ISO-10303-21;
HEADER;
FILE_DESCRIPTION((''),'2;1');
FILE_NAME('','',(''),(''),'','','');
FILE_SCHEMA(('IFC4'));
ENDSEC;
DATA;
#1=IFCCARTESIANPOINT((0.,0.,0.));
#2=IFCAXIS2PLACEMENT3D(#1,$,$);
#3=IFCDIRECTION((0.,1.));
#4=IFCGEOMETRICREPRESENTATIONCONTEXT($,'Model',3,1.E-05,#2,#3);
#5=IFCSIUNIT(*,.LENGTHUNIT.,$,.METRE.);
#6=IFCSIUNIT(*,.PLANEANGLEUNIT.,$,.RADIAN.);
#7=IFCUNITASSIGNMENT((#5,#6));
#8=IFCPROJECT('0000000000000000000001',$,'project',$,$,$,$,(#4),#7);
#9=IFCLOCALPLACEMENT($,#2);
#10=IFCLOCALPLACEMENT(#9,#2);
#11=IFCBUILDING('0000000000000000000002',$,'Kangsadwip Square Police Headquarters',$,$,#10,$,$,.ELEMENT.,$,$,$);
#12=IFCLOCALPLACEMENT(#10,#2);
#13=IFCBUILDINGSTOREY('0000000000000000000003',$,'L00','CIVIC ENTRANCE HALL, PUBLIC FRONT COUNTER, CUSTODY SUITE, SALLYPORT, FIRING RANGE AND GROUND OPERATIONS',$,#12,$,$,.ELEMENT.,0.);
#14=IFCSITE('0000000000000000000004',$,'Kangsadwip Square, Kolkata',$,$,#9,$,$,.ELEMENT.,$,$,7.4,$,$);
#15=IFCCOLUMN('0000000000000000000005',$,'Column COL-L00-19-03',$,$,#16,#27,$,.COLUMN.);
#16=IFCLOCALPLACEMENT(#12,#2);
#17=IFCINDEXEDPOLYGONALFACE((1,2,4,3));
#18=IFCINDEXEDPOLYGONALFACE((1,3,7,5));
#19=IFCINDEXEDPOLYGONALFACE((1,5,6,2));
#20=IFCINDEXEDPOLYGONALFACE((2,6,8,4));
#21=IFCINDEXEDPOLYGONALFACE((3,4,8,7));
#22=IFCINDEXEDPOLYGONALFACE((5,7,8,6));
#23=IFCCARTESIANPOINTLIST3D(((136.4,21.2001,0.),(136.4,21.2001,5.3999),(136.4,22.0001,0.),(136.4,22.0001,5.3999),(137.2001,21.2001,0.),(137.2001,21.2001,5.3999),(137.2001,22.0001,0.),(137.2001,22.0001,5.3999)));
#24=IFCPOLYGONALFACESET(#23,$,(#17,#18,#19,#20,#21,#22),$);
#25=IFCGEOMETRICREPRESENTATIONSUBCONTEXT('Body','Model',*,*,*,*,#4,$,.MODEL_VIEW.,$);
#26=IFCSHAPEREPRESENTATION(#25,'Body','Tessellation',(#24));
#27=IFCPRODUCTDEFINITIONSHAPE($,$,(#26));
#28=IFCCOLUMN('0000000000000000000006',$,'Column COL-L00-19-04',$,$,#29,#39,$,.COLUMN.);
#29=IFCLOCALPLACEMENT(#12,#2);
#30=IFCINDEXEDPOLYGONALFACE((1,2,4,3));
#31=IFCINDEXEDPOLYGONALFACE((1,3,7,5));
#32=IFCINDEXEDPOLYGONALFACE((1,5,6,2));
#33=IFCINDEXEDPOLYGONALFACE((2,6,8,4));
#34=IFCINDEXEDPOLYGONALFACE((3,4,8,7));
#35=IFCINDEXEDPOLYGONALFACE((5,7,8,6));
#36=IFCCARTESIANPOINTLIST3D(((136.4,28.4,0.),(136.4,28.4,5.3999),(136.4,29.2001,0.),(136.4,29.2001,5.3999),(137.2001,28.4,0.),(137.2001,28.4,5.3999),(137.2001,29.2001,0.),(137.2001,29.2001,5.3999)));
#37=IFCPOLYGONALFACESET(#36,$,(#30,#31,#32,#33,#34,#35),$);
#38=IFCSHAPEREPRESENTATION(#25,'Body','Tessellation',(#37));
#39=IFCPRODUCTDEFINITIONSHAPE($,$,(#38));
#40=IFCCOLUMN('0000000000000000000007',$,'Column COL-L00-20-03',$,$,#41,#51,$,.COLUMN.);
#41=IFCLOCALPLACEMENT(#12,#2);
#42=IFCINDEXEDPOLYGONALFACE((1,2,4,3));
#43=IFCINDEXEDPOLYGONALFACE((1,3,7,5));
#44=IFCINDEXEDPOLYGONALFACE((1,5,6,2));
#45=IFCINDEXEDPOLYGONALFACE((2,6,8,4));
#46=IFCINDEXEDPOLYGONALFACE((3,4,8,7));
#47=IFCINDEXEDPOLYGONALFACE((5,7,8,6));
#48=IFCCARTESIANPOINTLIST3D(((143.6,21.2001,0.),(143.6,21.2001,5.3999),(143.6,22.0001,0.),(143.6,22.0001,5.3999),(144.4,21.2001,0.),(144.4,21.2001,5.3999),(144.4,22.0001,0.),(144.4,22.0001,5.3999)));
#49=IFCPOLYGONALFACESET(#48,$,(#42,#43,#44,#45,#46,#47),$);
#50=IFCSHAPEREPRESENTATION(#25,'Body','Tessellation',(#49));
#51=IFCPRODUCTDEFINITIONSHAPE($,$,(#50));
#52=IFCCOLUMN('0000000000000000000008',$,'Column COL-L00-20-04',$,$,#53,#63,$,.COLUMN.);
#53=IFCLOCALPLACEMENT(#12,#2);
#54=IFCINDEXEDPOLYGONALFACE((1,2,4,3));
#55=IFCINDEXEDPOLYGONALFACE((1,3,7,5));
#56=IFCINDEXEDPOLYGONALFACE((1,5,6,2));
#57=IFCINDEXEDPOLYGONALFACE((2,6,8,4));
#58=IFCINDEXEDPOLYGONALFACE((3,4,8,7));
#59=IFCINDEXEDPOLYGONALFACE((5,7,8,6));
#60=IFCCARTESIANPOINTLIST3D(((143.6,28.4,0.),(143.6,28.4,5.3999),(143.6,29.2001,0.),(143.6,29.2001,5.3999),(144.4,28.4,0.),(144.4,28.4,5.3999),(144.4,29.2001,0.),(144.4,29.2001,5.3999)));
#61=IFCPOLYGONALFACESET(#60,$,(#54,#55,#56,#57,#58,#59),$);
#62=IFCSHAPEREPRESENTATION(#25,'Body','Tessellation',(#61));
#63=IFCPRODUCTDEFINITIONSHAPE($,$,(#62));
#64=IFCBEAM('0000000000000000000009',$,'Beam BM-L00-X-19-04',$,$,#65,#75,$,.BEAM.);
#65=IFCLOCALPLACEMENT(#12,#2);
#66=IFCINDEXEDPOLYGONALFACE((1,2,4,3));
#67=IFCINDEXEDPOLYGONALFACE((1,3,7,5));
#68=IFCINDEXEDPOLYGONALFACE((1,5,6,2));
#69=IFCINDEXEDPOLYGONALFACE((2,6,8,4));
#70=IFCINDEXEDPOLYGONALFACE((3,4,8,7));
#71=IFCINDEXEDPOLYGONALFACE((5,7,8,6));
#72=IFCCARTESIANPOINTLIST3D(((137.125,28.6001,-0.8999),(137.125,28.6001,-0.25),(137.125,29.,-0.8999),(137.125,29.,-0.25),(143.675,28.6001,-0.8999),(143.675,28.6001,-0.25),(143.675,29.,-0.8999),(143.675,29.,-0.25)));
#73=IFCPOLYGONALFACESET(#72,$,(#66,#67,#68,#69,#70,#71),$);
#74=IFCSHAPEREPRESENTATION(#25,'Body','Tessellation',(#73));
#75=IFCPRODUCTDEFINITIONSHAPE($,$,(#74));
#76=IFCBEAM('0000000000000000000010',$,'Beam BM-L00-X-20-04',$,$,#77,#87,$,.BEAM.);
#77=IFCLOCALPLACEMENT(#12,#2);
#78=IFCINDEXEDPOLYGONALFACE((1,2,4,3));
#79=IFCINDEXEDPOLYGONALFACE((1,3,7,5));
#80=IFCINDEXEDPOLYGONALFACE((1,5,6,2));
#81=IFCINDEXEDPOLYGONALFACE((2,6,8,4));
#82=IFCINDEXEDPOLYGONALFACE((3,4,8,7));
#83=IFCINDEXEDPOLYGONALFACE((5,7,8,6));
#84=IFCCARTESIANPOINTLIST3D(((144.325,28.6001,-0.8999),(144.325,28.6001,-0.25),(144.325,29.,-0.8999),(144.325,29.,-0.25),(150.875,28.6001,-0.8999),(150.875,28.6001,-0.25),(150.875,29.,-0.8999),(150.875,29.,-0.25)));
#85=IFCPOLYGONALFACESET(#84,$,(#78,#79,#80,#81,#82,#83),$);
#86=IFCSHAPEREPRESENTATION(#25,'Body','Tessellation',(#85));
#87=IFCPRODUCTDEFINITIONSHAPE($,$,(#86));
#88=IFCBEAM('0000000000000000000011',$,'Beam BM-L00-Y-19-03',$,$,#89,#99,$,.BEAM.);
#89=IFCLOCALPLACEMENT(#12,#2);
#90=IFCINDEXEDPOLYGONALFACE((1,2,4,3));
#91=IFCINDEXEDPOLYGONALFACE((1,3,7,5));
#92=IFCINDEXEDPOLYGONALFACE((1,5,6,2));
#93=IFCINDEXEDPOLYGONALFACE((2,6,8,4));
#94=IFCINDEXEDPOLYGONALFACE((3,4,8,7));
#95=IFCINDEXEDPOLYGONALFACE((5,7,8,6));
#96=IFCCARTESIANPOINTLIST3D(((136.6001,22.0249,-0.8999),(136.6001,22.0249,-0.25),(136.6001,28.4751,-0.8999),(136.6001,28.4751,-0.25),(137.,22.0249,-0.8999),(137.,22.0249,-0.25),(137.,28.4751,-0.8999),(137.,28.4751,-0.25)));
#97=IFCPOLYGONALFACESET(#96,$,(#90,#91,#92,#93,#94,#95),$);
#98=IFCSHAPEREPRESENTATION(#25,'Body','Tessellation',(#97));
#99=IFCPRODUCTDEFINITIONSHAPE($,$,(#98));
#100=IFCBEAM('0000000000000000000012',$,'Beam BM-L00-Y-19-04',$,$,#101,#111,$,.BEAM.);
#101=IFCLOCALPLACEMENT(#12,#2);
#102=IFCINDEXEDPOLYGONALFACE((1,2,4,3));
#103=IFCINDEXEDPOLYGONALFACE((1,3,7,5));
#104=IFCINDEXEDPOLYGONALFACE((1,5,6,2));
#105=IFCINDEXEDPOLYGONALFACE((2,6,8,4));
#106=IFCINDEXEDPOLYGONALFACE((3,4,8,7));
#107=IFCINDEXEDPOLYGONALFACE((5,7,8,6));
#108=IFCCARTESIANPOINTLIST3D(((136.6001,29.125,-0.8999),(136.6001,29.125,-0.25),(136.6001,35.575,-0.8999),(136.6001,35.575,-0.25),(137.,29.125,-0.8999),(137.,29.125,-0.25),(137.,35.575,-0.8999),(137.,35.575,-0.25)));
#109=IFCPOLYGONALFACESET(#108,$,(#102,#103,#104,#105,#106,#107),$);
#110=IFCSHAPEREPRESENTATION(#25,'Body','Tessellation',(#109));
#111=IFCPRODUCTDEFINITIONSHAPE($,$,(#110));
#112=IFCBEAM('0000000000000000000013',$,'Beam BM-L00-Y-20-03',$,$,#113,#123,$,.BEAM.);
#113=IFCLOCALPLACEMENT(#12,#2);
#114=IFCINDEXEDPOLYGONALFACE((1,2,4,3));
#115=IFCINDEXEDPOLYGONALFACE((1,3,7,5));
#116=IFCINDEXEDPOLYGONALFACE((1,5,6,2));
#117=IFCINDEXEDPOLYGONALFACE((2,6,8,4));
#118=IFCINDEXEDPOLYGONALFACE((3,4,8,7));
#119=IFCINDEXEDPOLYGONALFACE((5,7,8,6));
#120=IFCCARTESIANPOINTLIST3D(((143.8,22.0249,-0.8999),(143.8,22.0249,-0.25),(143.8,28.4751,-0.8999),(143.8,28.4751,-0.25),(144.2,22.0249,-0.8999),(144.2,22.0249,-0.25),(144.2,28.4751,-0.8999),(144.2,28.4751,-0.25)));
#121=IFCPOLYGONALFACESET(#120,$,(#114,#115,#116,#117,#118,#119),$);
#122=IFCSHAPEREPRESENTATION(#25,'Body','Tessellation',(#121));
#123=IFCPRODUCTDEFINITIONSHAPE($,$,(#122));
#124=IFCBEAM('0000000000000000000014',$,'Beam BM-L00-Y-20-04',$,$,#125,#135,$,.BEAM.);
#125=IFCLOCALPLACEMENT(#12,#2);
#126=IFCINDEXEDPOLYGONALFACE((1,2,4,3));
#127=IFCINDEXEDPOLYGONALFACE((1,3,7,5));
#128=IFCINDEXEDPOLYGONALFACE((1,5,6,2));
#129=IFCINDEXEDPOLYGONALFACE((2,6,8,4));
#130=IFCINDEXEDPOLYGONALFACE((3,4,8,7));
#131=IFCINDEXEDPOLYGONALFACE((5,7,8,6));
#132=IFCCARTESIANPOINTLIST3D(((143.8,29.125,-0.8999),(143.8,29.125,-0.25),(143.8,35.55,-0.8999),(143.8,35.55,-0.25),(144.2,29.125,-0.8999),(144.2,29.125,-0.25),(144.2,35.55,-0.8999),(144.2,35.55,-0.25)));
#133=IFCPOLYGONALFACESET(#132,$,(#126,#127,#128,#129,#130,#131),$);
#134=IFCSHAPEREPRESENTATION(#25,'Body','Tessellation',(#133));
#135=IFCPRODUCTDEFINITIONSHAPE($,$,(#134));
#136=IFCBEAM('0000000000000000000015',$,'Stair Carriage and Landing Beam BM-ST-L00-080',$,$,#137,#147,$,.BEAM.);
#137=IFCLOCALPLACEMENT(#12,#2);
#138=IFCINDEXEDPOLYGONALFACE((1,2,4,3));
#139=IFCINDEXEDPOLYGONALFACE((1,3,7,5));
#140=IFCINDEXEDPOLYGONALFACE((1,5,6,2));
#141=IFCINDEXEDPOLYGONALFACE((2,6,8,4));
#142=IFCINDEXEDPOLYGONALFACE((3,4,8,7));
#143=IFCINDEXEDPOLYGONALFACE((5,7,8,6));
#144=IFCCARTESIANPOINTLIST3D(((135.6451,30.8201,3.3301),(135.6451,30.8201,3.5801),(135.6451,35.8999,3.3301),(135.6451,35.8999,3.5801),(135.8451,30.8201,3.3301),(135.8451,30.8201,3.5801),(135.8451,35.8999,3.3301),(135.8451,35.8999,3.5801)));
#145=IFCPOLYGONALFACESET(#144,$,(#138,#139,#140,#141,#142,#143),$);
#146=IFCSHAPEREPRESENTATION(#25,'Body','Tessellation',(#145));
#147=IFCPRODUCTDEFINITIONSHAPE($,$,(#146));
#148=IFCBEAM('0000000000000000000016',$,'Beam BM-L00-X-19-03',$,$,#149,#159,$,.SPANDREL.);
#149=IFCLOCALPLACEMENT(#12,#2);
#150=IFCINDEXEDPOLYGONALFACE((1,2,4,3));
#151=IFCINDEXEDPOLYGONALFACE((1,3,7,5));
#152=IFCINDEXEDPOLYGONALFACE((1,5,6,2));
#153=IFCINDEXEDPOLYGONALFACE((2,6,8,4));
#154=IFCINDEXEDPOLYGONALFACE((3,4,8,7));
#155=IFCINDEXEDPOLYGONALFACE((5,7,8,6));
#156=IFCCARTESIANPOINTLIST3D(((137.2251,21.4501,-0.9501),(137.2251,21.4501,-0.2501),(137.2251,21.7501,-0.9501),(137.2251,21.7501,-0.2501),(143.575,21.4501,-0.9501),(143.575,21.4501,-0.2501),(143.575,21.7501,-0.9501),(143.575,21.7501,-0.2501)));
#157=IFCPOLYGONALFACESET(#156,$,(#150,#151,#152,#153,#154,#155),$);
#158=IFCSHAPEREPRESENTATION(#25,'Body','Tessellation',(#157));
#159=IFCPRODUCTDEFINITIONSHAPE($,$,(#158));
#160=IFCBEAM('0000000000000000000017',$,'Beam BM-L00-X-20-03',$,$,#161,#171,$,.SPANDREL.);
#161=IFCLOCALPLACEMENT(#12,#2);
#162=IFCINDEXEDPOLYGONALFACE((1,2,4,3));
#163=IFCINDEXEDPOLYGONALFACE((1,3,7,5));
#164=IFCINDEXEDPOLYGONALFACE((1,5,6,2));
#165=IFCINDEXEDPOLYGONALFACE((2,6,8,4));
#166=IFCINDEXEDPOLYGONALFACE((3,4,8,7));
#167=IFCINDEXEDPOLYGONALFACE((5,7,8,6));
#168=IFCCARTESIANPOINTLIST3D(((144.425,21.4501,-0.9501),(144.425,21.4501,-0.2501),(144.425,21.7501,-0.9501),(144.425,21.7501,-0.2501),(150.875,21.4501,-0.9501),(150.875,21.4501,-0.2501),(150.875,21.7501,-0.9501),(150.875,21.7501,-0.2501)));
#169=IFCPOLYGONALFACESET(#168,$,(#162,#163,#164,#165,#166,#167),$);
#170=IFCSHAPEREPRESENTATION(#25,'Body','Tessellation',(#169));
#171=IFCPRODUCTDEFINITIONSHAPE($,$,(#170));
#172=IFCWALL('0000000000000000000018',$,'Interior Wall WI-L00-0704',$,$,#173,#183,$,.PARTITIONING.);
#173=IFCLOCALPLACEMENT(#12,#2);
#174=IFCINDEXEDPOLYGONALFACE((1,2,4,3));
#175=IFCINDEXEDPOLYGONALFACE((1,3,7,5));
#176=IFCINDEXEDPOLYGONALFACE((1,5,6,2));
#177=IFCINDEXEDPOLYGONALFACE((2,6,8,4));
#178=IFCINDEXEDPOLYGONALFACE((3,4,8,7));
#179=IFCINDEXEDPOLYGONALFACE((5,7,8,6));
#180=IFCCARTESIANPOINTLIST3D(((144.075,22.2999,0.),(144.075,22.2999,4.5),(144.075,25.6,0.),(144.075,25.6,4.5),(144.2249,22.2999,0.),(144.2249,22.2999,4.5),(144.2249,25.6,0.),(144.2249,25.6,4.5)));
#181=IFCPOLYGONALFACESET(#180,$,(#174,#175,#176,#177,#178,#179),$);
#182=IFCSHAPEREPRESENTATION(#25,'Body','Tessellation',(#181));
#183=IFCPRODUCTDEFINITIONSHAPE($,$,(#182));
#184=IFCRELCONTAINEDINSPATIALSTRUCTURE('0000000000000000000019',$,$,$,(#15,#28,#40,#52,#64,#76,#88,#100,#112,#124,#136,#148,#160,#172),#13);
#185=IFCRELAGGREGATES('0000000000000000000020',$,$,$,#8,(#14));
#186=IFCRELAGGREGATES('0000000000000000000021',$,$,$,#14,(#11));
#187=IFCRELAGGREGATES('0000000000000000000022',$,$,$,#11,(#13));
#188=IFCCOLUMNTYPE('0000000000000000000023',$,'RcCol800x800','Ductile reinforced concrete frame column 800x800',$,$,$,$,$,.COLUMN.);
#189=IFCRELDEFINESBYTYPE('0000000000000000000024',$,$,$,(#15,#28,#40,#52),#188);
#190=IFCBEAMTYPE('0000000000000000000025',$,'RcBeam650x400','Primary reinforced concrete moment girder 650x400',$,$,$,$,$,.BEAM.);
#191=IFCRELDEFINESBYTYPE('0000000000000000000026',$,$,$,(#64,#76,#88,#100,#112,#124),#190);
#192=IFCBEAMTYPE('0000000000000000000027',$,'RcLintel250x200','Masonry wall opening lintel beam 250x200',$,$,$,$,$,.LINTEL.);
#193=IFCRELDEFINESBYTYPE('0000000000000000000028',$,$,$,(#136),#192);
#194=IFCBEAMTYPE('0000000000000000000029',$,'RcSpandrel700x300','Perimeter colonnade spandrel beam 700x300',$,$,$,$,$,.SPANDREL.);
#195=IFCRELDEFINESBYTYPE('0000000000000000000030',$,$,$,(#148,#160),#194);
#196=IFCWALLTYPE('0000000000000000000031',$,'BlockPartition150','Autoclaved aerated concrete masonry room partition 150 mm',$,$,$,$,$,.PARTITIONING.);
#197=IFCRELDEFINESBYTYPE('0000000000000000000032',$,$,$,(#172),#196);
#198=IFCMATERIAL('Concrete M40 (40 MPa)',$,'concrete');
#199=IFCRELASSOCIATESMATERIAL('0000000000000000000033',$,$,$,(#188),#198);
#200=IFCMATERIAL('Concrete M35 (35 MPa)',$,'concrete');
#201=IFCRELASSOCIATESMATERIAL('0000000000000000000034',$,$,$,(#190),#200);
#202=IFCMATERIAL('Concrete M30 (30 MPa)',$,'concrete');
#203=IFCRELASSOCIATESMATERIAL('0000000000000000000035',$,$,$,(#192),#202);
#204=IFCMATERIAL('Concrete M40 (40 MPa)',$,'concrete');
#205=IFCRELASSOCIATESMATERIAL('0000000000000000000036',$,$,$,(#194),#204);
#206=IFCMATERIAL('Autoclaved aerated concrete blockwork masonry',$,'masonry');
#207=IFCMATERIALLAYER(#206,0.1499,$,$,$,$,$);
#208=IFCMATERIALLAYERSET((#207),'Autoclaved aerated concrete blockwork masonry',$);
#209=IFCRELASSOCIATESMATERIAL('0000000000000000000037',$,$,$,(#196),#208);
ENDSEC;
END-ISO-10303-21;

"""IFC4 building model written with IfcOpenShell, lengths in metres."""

from ifc_helpers import new_model, si_unit, direction, frame, frame_2d, origin, origin_2d, place, context, subcontext, project, spatial, rectangle, extrude, material, layer, layer_set, material_profile, profile_set, type_object, element, save


model = new_model("IFC4")

# Units and contexts
model_context = context("Model", 3, precision=1e-05, world=origin(), true_north=direction((0.0, 1.0)))
body_context = subcontext(model_context, "Body", "Model", "MODEL_VIEW")
ifc_project = project(units=[si_unit("LENGTHUNIT", "METRE"), si_unit("PLANEANGLEUNIT", "RADIAN")], contexts=[model_context])

# Site, building, storey
site_placement = place(None, origin())
site = spatial("IfcSite", under=ifc_project, at=site_placement, Name="Kangsadwip Square, Kolkata", CompositionType="ELEMENT", RefElevation=7.4)
building_placement = place(site_placement, origin())
building = spatial("IfcBuilding", under=site, at=building_placement, Name="Kangsadwip Square Police Headquarters", CompositionType="ELEMENT")
storey_placement = place(building_placement, origin())
storey = spatial("IfcBuildingStorey", under=building, at=storey_placement, Name="L00", Description="CIVIC ENTRANCE HALL, PUBLIC FRONT COUNTER, CUSTODY SUITE, SALLYPORT, FIRING RANGE AND GROUND OPERATIONS", CompositionType="ELEMENT", Elevation=0.0)

# Columns
ifc_material_1 = material(Name="Concrete M40 (40 MPa)", Category="concrete")
ifc_material_profile_1 = material_profile(ifc_material_1, rectangle(XDim=0.8, YDim=0.8, at=origin_2d()), Name="RC COL 800X800")
ifc_profile_set_1 = profile_set([ifc_material_profile_1], Name="Concrete M40 (40 MPa)")
column_type = type_object("IfcColumnType", Name="RcCol800x800", Description="Ductile reinforced concrete frame column 800x800", PredefinedType="COLUMN", material=ifc_profile_set_1)
for number, where, z_axis, x_axis, name in (
    (1, (136.8, 21.6001, 0.0), (0.0, 0.0, 1.0), (1.0, 0.0, 0.0), "Column COL-L00-19-03"),
    (2, (136.8, 28.8, 0.0), (0.0, 0.0, 1.0), (1.0, 0.0, 0.0), "Column COL-L00-19-04"),
    (3, (144.0, 21.6001, 0.0), (0.0, 0.0, 1.0), (1.0, 0.0, 0.0), "Column COL-L00-20-03"),
    (4, (144.0, 28.8, 0.0), (0.0, 0.0, 1.0), (1.0, 0.0, 0.0), "Column COL-L00-20-04"),
):
    element("IfcColumn", number, at=place(storey_placement, frame(where, z_axis=z_axis, x_axis=x_axis)), inside=storey, type_object=column_type, Name=name, PredefinedType="COLUMN", context=body_context, shape_type="SweptSolid", body=[
        extrude(rectangle(XDim=0.8, YDim=0.8, at=origin_2d()), origin(), (0.0, 0.0, 1.0), 5.3999),
    ])

# Beams
ifc_material_2 = material(Name="Concrete M35 (35 MPa)", Category="concrete")
ifc_material_profile_2 = material_profile(ifc_material_2, rectangle(XDim=0.3999, YDim=0.6499, at=origin_2d()), Name="RC BM 650X400")
ifc_profile_set_2 = profile_set([ifc_material_profile_2], Name="Concrete M35 (35 MPa)")
beam_type_1 = type_object("IfcBeamType", Name="RcBeam650x400", Description="Primary reinforced concrete moment girder 650x400", PredefinedType="BEAM", material=ifc_profile_set_2)
for number, where, z_axis, x_axis, name in (
    (5, (137.125, 28.8, -0.575), (1.0, 0.0, 0.0), (0.0, 1.0, 0.0), "Beam BM-L00-X-19-04"),
    (6, (144.325, 28.8, -0.575), (1.0, 0.0, 0.0), (0.0, 1.0, 0.0), "Beam BM-L00-X-20-04"),
):
    element("IfcBeam", number, at=place(storey_placement, frame(where, z_axis=z_axis, x_axis=x_axis)), inside=storey, type_object=beam_type_1, Name=name, PredefinedType="BEAM", context=body_context, shape_type="SweptSolid", body=[
        extrude(rectangle(XDim=0.3999, YDim=0.6499, at=origin_2d()), origin(), (0.0, 0.0, 1.0), 6.55),
    ])
beam_1_placement = place(storey_placement, frame((136.8, 22.0249, -0.575), z_axis=(0.0, 1.0, 0.0), x_axis=(-1.0, 0.0, 0.0)))
element("IfcBeam", 7, at=beam_1_placement, inside=storey, type_object=beam_type_1, Name="Beam BM-L00-Y-19-03", PredefinedType="BEAM", context=body_context, shape_type="SweptSolid", body=[
    extrude(rectangle(XDim=0.3999, YDim=0.6499, at=origin_2d()), origin(), (0.0, 0.0, 1.0), 6.4502),
])
beam_2_placement = place(storey_placement, frame((136.8, 29.125, -0.575), z_axis=(0.0, 1.0, 0.0), x_axis=(-1.0, 0.0, 0.0)))
element("IfcBeam", 8, at=beam_2_placement, inside=storey, type_object=beam_type_1, Name="Beam BM-L00-Y-19-04", PredefinedType="BEAM", context=body_context, shape_type="SweptSolid", body=[
    extrude(rectangle(XDim=0.3999, YDim=0.6499, at=origin_2d()), origin(), (0.0, 0.0, 1.0), 6.45),
])
beam_3_placement = place(storey_placement, frame((144.0, 22.0249, -0.575), z_axis=(0.0, 1.0, 0.0), x_axis=(-1.0, 0.0, 0.0)))
element("IfcBeam", 9, at=beam_3_placement, inside=storey, type_object=beam_type_1, Name="Beam BM-L00-Y-20-03", PredefinedType="BEAM", context=body_context, shape_type="SweptSolid", body=[
    extrude(rectangle(XDim=0.3999, YDim=0.6499, at=origin_2d()), origin(), (0.0, 0.0, 1.0), 6.4502),
])
beam_4_placement = place(storey_placement, frame((144.0, 29.125, -0.575), z_axis=(0.0, 1.0, 0.0), x_axis=(-1.0, 0.0, 0.0)))
element("IfcBeam", 10, at=beam_4_placement, inside=storey, type_object=beam_type_1, Name="Beam BM-L00-Y-20-04", PredefinedType="BEAM", context=body_context, shape_type="SweptSolid", body=[
    extrude(rectangle(XDim=0.3999, YDim=0.6499, at=origin_2d()), origin(), (0.0, 0.0, 1.0), 6.425),
])
ifc_material_3 = material(Name="Concrete M30 (30 MPa)", Category="concrete")
ifc_material_profile_3 = material_profile(ifc_material_3, rectangle(XDim=0.2, YDim=0.25, at=origin_2d()), Name="RC LNT 250X200")
ifc_profile_set_3 = profile_set([ifc_material_profile_3], Name="Concrete M30 (30 MPa)")
beam_type_2 = type_object("IfcBeamType", Name="RcLintel250x200", Description="Masonry wall opening lintel beam 250x200", PredefinedType="LINTEL", material=ifc_profile_set_3)
beam_5_placement = place(storey_placement, frame((135.7451, 30.8201, 3.4551), z_axis=(0.0, 1.0, 0.0), x_axis=(-1.0, 0.0, 0.0)))
element("IfcBeam", 11, at=beam_5_placement, inside=storey, type_object=beam_type_2, Name="Stair Carriage and Landing Beam BM-ST-L00-080", PredefinedType="BEAM", context=body_context, shape_type="SweptSolid", body=[
    extrude(rectangle(XDim=0.2, YDim=0.25, at=origin_2d()), origin(), (0.0, 0.0, 1.0), 5.0798),
])
ifc_material_4 = material(Name="Concrete M40 (40 MPa)", Category="concrete")
ifc_material_profile_4 = material_profile(ifc_material_4, rectangle(XDim=0.3, YDim=0.7, at=origin_2d()), Name="RC SPN 700X300")
ifc_profile_set_4 = profile_set([ifc_material_profile_4], Name="Concrete M40 (40 MPa)")
beam_type_3 = type_object("IfcBeamType", Name="RcSpandrel700x300", Description="Perimeter colonnade spandrel beam 700x300", PredefinedType="SPANDREL", material=ifc_profile_set_4)
beam_6_placement = place(storey_placement, frame((137.2251, 21.6001, -0.6001), z_axis=(1.0, 0.0, 0.0), x_axis=(0.0, 1.0, 0.0)))
element("IfcBeam", 12, at=beam_6_placement, inside=storey, type_object=beam_type_3, Name="Beam BM-L00-X-19-03", PredefinedType="SPANDREL", context=body_context, shape_type="SweptSolid", body=[
    extrude(rectangle(XDim=0.3, YDim=0.7, at=origin_2d()), origin(), (0.0, 0.0, 1.0), 6.3499),
])
beam_7_placement = place(storey_placement, frame((144.425, 21.6001, -0.6001), z_axis=(1.0, 0.0, 0.0), x_axis=(0.0, 1.0, 0.0)))
element("IfcBeam", 13, at=beam_7_placement, inside=storey, type_object=beam_type_3, Name="Beam BM-L00-X-20-03", PredefinedType="SPANDREL", context=body_context, shape_type="SweptSolid", body=[
    extrude(rectangle(XDim=0.3, YDim=0.7, at=origin_2d()), origin(), (0.0, 0.0, 1.0), 6.45),
])

# Wall
ifc_material_5 = material(Name="Autoclaved aerated concrete blockwork masonry", Category="masonry")
ifc_layer_1 = layer(ifc_material_5, 0.1499)
ifc_layer_set_1 = layer_set([ifc_layer_1], Name="Autoclaved aerated concrete blockwork masonry")
wall_type_1 = type_object("IfcWallType", Name="BlockPartition150", Description="Autoclaved aerated concrete masonry room partition 150 mm", PredefinedType="PARTITIONING", material=ifc_layer_set_1)
wall_1_placement = place(storey_placement, frame((144.1499, 22.3, 0.0), z_axis=(0.0, 0.0, 1.0), x_axis=(0.0, 1.0, 0.0)))
element("IfcWall", 14, at=wall_1_placement, inside=storey, type_object=wall_type_1, Name="Interior Wall WI-L00-0704", PredefinedType="PARTITIONING", context=body_context, shape_type="SweptSolid", body=[
    extrude(rectangle(XDim=3.3, YDim=0.1499, at=frame_2d((1.6499, 0.0))), origin(), (0.0, 0.0, 1.0), 4.5),
])

save(model, "model.ifc")
